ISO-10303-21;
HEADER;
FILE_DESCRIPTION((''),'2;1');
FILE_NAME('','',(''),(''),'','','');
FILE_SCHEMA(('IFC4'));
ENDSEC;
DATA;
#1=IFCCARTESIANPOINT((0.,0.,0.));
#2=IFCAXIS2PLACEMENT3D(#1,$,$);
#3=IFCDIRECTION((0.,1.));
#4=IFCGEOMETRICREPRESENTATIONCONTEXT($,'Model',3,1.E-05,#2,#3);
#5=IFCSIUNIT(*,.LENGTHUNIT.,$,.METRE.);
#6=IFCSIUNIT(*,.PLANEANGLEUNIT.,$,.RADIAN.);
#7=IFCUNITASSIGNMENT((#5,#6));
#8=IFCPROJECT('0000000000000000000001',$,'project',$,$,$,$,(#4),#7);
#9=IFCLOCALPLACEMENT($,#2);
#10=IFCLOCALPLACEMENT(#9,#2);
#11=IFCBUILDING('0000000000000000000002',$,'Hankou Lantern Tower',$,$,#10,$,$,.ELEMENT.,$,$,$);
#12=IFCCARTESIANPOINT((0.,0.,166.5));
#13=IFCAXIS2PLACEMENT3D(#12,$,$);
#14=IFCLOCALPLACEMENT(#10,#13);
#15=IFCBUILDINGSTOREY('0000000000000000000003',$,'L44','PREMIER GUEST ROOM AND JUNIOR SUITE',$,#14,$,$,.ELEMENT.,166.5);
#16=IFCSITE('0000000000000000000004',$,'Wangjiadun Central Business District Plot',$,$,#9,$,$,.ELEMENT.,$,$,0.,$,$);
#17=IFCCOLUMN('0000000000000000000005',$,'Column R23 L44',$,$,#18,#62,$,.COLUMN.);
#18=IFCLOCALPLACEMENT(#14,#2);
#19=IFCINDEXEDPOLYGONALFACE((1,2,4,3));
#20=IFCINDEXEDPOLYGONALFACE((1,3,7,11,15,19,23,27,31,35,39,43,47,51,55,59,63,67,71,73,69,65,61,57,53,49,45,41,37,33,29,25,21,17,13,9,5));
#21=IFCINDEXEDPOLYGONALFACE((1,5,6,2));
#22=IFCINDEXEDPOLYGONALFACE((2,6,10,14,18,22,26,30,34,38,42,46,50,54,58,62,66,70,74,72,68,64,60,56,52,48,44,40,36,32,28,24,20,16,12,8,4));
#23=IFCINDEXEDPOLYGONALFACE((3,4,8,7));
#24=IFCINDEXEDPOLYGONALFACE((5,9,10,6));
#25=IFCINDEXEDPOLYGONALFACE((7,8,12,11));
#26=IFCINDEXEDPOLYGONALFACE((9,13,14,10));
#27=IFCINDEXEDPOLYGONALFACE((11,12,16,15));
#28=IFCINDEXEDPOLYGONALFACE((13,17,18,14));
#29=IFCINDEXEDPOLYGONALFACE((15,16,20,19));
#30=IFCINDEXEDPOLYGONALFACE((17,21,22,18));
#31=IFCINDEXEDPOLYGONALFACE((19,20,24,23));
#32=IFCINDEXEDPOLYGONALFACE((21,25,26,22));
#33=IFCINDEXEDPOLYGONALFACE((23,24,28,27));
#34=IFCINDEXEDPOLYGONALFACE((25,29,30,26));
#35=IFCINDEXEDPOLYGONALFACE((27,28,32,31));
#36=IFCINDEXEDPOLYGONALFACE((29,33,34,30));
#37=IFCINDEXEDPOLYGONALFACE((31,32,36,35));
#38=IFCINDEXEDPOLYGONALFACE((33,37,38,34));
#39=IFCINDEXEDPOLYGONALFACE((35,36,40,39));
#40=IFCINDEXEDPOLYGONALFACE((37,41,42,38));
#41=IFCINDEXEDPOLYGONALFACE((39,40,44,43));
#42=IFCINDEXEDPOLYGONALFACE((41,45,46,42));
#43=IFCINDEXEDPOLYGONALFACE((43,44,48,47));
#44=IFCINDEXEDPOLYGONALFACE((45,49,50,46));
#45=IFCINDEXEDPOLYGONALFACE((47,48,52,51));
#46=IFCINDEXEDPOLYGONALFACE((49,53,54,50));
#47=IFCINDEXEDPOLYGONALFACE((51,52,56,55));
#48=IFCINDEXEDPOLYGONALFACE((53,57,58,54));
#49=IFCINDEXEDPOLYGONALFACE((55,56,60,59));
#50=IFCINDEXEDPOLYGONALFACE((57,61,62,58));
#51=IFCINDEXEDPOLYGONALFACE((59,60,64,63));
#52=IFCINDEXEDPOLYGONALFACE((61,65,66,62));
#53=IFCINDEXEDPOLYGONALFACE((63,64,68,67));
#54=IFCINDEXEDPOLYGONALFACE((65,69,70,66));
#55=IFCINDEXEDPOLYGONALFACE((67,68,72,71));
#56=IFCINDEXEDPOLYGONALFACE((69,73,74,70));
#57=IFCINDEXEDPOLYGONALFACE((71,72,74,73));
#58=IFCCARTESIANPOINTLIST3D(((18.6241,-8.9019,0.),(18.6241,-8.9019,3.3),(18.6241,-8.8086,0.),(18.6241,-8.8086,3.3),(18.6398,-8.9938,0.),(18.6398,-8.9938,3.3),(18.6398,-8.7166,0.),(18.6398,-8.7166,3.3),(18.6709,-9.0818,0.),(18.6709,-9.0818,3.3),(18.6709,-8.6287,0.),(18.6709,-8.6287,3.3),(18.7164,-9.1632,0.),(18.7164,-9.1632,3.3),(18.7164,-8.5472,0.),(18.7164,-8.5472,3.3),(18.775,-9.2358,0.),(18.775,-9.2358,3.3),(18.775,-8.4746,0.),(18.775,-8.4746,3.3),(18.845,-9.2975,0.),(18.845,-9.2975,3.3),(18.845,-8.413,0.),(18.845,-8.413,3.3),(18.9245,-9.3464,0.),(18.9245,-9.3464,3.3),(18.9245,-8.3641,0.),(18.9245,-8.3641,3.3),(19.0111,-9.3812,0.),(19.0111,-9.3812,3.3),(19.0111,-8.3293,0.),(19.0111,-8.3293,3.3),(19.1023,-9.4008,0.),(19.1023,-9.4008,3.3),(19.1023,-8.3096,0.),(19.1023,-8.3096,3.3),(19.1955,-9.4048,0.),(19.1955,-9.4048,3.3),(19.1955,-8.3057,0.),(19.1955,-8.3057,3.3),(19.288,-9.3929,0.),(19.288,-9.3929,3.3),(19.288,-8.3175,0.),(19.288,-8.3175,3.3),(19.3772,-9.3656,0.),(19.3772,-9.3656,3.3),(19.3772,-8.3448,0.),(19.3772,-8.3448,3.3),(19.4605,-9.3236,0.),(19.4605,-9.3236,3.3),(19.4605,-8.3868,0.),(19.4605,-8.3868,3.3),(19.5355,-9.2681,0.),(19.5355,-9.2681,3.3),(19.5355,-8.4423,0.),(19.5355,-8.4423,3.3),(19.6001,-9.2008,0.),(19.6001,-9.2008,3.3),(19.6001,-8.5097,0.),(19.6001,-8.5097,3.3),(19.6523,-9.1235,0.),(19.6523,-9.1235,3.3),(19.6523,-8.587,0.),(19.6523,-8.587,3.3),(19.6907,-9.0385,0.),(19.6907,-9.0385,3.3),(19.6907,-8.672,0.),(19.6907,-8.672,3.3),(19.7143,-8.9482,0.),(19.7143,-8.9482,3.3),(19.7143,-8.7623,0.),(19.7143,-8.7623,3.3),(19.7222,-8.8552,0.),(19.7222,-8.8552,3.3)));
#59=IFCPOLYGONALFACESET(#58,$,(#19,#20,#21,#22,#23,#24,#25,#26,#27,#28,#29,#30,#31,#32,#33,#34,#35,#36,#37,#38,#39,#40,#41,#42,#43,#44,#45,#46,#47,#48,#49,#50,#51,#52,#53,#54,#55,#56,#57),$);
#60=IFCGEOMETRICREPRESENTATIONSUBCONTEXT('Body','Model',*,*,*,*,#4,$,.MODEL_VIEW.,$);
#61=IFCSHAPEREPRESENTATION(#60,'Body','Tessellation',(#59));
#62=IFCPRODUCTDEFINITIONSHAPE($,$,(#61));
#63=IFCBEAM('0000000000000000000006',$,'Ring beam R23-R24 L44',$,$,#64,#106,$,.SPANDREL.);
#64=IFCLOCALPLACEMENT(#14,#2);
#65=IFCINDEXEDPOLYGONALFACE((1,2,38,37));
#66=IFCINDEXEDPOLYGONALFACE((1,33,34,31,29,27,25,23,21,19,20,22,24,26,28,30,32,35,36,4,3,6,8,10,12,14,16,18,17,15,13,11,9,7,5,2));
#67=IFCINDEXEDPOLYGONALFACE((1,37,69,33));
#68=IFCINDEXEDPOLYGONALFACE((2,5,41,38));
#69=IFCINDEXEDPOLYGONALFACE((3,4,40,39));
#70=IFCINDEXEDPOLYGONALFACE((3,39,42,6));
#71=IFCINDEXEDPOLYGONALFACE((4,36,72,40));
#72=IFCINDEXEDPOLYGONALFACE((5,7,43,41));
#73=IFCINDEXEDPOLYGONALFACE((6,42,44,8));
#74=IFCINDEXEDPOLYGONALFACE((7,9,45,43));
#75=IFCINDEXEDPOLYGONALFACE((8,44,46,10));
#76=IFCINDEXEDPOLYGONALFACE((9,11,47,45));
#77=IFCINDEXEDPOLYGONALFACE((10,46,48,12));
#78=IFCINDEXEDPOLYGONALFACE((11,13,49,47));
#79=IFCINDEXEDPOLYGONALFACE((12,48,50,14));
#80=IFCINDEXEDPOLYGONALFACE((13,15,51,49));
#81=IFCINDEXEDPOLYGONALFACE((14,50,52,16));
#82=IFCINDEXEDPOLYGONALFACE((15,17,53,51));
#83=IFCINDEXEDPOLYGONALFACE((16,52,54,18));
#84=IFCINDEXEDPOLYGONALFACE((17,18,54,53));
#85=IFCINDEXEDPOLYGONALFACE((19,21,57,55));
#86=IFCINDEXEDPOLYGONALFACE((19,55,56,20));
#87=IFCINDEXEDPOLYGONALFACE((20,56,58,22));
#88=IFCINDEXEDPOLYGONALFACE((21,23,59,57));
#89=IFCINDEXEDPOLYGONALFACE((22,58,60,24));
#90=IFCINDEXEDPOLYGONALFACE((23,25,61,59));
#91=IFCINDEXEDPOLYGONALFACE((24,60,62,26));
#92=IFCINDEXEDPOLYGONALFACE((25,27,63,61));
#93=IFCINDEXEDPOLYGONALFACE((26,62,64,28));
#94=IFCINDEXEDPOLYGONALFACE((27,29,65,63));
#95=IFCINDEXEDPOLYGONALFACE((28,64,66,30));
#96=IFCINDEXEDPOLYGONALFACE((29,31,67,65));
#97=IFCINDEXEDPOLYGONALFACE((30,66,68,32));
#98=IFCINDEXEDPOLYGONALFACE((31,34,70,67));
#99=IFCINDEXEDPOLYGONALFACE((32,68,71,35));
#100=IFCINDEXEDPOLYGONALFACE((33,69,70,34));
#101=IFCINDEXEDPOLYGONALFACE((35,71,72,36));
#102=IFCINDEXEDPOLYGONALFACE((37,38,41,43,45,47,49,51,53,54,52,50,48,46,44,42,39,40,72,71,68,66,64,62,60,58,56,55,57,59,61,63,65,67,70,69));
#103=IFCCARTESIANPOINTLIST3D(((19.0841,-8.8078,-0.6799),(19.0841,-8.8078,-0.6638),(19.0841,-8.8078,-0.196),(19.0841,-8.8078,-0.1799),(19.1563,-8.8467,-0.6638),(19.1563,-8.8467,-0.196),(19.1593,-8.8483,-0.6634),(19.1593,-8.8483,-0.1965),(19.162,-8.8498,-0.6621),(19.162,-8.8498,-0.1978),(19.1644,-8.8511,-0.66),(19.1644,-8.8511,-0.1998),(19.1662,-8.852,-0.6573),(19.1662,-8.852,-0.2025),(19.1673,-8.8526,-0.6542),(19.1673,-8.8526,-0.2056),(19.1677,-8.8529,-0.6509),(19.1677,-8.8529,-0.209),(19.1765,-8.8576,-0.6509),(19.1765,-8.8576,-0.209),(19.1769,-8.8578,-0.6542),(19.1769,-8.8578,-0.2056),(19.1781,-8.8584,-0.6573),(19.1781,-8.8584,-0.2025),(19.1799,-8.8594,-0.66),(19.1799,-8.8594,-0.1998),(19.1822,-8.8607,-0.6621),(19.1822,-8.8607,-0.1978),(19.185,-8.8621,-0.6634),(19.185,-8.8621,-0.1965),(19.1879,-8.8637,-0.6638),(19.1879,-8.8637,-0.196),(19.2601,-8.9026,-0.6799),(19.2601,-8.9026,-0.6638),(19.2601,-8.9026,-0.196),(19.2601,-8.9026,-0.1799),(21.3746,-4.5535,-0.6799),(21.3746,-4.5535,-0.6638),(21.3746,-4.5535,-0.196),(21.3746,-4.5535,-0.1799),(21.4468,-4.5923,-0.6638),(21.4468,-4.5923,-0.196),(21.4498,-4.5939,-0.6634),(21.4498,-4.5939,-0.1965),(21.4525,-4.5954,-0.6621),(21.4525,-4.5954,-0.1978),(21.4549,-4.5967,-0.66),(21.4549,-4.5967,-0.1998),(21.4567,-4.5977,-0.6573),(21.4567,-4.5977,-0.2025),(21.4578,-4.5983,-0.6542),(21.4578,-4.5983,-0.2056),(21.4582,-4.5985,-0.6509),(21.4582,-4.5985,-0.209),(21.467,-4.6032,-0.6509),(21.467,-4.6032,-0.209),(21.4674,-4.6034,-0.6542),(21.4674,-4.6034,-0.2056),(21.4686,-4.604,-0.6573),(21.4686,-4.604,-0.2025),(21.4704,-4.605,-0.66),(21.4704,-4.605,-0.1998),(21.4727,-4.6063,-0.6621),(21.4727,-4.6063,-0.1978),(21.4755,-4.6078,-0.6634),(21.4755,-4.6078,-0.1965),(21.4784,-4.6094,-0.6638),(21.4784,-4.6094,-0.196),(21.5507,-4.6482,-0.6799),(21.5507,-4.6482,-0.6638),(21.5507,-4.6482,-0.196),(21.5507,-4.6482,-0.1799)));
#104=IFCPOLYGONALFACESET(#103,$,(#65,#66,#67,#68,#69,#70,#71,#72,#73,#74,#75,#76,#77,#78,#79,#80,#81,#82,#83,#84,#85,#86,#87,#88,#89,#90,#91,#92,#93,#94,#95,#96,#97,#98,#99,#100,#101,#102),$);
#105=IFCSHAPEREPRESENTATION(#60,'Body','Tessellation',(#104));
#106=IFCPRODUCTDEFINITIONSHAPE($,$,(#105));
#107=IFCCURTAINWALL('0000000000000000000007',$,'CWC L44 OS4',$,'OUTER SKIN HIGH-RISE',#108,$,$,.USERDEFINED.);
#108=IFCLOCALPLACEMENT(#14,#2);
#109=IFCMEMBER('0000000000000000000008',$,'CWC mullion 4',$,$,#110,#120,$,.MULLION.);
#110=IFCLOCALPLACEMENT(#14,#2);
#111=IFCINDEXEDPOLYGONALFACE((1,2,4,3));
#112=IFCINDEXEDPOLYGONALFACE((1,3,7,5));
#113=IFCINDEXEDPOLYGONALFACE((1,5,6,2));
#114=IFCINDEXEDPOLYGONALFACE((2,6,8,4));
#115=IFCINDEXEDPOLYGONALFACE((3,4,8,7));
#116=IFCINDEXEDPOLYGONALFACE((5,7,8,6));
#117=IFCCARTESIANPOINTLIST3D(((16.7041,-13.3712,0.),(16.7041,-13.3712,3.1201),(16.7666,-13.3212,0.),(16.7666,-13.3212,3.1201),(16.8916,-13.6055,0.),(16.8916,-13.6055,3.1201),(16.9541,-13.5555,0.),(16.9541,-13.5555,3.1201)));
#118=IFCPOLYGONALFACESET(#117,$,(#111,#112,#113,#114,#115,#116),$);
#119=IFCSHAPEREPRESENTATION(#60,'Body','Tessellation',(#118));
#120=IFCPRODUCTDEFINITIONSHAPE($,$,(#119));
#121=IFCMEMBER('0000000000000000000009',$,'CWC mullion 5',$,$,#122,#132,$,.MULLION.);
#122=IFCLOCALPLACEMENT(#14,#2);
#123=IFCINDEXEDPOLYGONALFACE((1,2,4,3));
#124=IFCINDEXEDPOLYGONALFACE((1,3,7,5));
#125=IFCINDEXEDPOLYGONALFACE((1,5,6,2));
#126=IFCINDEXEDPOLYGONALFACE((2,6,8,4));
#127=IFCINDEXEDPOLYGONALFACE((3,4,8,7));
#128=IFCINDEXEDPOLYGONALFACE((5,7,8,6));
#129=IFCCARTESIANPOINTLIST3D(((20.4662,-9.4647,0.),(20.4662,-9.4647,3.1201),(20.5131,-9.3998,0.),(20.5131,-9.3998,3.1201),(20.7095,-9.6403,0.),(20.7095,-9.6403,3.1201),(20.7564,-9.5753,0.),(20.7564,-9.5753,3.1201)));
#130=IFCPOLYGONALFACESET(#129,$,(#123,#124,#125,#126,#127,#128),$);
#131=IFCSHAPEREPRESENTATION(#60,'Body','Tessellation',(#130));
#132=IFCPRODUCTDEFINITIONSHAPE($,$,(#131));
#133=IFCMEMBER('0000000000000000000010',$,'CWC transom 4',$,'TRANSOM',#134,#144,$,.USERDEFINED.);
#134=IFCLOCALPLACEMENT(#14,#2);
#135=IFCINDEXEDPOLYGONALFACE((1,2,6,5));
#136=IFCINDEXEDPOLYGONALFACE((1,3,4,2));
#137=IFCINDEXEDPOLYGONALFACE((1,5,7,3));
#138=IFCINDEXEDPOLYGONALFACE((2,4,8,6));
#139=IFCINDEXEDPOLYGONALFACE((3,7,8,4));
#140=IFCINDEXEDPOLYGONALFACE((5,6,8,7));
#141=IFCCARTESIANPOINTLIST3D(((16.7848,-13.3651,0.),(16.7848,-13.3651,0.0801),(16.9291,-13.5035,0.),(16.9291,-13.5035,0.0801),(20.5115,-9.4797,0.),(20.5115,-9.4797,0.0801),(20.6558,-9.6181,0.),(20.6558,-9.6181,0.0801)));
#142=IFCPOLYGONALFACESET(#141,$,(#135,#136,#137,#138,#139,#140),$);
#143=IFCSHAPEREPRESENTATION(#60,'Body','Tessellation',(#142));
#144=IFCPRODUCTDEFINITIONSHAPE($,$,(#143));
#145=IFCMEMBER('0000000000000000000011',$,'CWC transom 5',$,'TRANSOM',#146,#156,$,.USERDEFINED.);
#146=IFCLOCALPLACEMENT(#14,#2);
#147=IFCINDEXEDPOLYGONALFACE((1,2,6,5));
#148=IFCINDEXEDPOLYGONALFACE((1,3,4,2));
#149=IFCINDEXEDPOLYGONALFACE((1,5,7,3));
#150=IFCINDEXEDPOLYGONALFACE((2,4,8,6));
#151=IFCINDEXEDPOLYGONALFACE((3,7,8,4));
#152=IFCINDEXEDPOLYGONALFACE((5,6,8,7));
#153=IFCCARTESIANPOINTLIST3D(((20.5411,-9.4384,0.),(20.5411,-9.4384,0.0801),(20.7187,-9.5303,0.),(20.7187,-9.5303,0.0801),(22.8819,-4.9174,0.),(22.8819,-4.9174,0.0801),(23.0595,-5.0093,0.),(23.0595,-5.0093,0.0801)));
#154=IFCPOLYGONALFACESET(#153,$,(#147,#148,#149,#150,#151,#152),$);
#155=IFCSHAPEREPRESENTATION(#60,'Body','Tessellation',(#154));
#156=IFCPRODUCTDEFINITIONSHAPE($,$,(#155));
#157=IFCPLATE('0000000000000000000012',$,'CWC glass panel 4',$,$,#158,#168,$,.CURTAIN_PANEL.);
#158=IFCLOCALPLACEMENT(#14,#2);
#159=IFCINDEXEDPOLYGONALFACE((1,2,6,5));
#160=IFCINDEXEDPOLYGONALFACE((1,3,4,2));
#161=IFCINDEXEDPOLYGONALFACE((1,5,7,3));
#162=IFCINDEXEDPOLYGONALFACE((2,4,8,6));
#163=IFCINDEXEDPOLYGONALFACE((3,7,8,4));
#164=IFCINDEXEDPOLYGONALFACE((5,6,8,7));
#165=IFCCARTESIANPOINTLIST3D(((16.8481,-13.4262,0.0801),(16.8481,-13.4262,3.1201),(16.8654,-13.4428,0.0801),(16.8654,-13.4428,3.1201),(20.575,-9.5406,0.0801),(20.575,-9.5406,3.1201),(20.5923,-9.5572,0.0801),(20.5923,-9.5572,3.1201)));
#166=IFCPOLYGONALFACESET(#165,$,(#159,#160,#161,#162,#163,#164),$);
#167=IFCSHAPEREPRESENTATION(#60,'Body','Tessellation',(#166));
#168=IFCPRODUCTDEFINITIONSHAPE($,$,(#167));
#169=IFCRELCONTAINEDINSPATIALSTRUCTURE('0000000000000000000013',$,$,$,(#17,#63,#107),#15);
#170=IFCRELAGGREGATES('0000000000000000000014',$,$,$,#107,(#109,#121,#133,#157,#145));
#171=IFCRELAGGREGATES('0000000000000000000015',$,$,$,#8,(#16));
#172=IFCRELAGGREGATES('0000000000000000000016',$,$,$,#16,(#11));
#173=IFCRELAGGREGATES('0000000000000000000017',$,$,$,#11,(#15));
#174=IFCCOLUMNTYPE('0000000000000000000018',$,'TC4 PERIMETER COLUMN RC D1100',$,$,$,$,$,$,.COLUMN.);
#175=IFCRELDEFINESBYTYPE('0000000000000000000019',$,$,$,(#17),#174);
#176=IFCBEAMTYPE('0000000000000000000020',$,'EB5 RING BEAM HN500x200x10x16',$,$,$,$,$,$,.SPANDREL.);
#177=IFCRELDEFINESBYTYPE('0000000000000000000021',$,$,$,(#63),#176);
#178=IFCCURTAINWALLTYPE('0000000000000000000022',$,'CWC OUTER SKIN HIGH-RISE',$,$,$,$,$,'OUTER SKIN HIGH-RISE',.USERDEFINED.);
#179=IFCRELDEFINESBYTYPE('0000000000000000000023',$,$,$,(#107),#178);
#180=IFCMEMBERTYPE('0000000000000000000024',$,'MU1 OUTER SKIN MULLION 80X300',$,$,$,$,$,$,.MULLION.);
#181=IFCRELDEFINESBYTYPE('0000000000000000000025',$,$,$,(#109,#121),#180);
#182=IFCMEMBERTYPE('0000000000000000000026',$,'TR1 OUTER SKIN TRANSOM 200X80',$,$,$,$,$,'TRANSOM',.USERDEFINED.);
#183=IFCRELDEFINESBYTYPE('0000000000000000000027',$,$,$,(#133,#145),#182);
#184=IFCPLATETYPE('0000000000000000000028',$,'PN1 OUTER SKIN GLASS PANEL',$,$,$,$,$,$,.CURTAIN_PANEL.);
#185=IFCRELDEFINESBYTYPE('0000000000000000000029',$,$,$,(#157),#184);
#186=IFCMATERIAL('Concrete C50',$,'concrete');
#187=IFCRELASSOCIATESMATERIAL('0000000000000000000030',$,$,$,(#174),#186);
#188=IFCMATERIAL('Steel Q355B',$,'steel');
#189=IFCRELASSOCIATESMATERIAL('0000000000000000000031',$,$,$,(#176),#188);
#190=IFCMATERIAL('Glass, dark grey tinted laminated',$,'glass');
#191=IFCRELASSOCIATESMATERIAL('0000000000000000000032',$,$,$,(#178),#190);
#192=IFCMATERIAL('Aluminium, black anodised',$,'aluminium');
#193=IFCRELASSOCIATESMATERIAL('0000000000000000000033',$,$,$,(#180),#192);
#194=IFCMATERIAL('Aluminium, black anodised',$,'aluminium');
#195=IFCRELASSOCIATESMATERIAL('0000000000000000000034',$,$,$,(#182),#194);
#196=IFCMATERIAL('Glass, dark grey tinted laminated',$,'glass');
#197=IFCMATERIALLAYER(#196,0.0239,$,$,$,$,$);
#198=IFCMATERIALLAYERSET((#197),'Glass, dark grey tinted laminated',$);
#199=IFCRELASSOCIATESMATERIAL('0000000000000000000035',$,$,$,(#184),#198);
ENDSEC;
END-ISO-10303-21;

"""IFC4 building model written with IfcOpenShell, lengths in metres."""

from ifc_helpers import new_model, si_unit, direction, frame, origin, origin_2d, place, context, subcontext, project, spatial, rectangle, circle, i_section, extrude, material, layer, layer_set, material_profile, profile_set, type_object, element, aggregate, save


model = new_model("IFC4")

# Units and contexts
model_context = context("Model", 3, precision=1e-05, world=origin(), true_north=direction((0.0, 1.0)))
body_context = subcontext(model_context, "Body", "Model", "MODEL_VIEW")
ifc_project = project(units=[si_unit("LENGTHUNIT", "METRE"), si_unit("PLANEANGLEUNIT", "RADIAN")], contexts=[model_context])

# Site, building, storey
site_placement = place(None, origin())
site = spatial("IfcSite", under=ifc_project, at=site_placement, Name="Wangjiadun Central Business District Plot", CompositionType="ELEMENT", RefElevation=0.0)
building_placement = place(site_placement, origin())
building = spatial("IfcBuilding", under=site, at=building_placement, Name="Hankou Lantern Tower", CompositionType="ELEMENT")
storey_placement = place(building_placement, frame((0.0, 0.0, 166.5)))
storey = spatial("IfcBuildingStorey", under=building, at=storey_placement, Name="L44", Description="PREMIER GUEST ROOM AND JUNIOR SUITE", CompositionType="ELEMENT", Elevation=166.5)

# Column
ifc_material_1 = material(Name="Concrete C50", Category="concrete")
ifc_material_profile_1 = material_profile(ifc_material_1, circle(Radius=0.55, at=origin_2d()), Name="RC D1100")
ifc_profile_set_1 = profile_set([ifc_material_profile_1], Name="Concrete C50")
column_type = type_object("IfcColumnType", Name="TC4 PERIMETER COLUMN RC D1100", PredefinedType="COLUMN", material=ifc_profile_set_1)
column_placement = place(storey_placement, frame((19.1721, -8.8552, 0.0), z_axis=(0.0, 0.0, 1.0), x_axis=(1.0, 0.0, 0.0)))
element("IfcColumn", 1, at=column_placement, inside=storey, type_object=column_type, Name="Column R23 L44", PredefinedType="COLUMN", context=body_context, shape_type="SweptSolid", body=[
    extrude(circle(Radius=0.55, at=origin_2d()), origin(), (0.0, 0.0, 1.0), 3.3),
])

# Beam
ifc_material_2 = material(Name="Steel Q355B", Category="steel")
ifc_material_profile_2 = material_profile(ifc_material_2, i_section(OverallWidth=0.2, OverallDepth=0.5, WebThickness=0.01, FlangeThickness=0.0161, FilletRadius=0.0129, at=origin_2d()), Name="HN500x200x10x16")
ifc_profile_set_2 = profile_set([ifc_material_profile_2], Name="Steel Q355B")
beam_type = type_object("IfcBeamType", Name="EB5 RING BEAM HN500x200x10x16", PredefinedType="SPANDREL", material=ifc_profile_set_2)
beam_placement = place(storey_placement, frame((19.1721, -8.8552, -0.4299), z_axis=(0.474052, 0.880497, 0.0), x_axis=(-0.880497, 0.474052, 0.0)))
element("IfcBeam", 2, at=beam_placement, inside=storey, type_object=beam_type, Name="Ring beam R23-R24 L44", PredefinedType="SPANDREL", context=body_context, shape_type="SweptSolid", body=[
    extrude(i_section(OverallWidth=0.2, OverallDepth=0.5, WebThickness=0.01, FlangeThickness=0.0161, FilletRadius=0.0129, at=origin_2d()), origin(), (0.0, 0.0, 1.0), 4.8318),
])

# Curtain wall, members, plate
ifc_material_3 = material(Name="Glass, dark grey tinted laminated", Category="glass")
curtain_wall_type = type_object("IfcCurtainWallType", Name="CWC OUTER SKIN HIGH-RISE", ElementType="OUTER SKIN HIGH-RISE", PredefinedType="USERDEFINED", material=ifc_material_3)
curtain_wall_placement = place(storey_placement, origin())
curtain_wall = element("IfcCurtainWall", 3, at=curtain_wall_placement, inside=storey, type_object=curtain_wall_type, Name="CWC L44 OS4", ObjectType="OUTER SKIN HIGH-RISE", PredefinedType="USERDEFINED")
ifc_material_4 = material(Name="Aluminium, black anodised", Category="aluminium")
ifc_material_profile_3 = material_profile(ifc_material_4, rectangle(XDim=0.0801, YDim=0.3, at=origin_2d()), Name="MU1 80X300")
ifc_profile_set_3 = profile_set([ifc_material_profile_3], Name="Aluminium, black anodised")
member_type_1 = type_object("IfcMemberType", Name="MU1 OUTER SKIN MULLION 80X300", PredefinedType="MULLION", material=ifc_profile_set_3)
member_1_placement = place(storey_placement, frame((16.8291, -13.4634, 0.0), z_axis=(0.0, 0.0, 1.0), x_axis=(0.780869, 0.624695, 0.0)))
member_1 = element("IfcMember", 4, at=member_1_placement, type_object=member_type_1, Name="CWC mullion 4", PredefinedType="MULLION", context=body_context, shape_type="SweptSolid", body=[
    extrude(rectangle(XDim=0.0801, YDim=0.3, at=origin_2d()), origin(), (0.0, 0.0, 1.0), 3.1201),
])
member_2_placement = place(storey_placement, frame((20.6113, -9.52, 0.0), z_axis=(0.0, 0.0, 1.0), x_axis=(0.585206, 0.810885, 0.0)))
member_2 = element("IfcMember", 5, at=member_2_placement, type_object=member_type_1, Name="CWC mullion 5", PredefinedType="MULLION", context=body_context, shape_type="SweptSolid", body=[
    extrude(rectangle(XDim=0.0801, YDim=0.3, at=origin_2d()), origin(), (0.0, 0.0, 1.0), 3.1201),
])
ifc_material_5 = material(Name="Aluminium, black anodised", Category="aluminium")
ifc_material_profile_4 = material_profile(ifc_material_5, rectangle(XDim=0.2, YDim=0.0801, at=origin_2d()), Name="TR1 200X80")
ifc_profile_set_4 = profile_set([ifc_material_profile_4], Name="Aluminium, black anodised")
member_type_2 = type_object("IfcMemberType", Name="TR1 OUTER SKIN TRANSOM 200X80", ElementType="TRANSOM", PredefinedType="USERDEFINED", material=ifc_profile_set_4)
member_3_placement = place(storey_placement, frame((16.8569, -13.4343, 0.04), z_axis=(0.692216, 0.721691, 0.0), x_axis=(-0.721691, 0.692216, 0.0)))
member_3 = element("IfcMember", 6, at=member_3_placement, type_object=member_type_2, Name="CWC transom 4", ObjectType="TRANSOM", PredefinedType="USERDEFINED", context=body_context, shape_type="SweptSolid", body=[
    extrude(rectangle(XDim=0.2, YDim=0.0801, at=origin_2d()), origin(), (0.0, 0.0, 1.0), 5.3838),
])
member_4_placement = place(storey_placement, frame((20.6299, -9.4844, 0.04), z_axis=(0.459791, 0.888027, 0.0), x_axis=(-0.888027, 0.459791, 0.0)))
member_4 = element("IfcMember", 7, at=member_4_placement, type_object=member_type_2, Name="CWC transom 5", ObjectType="TRANSOM", PredefinedType="USERDEFINED", context=body_context, shape_type="SweptSolid", body=[
    extrude(rectangle(XDim=0.2, YDim=0.0801, at=origin_2d()), origin(), (0.0, 0.0, 1.0), 5.0911),
])
ifc_material_6 = material(Name="Glass, dark grey tinted laminated", Category="glass")
ifc_layer_1 = layer(ifc_material_6, 0.0239)
ifc_layer_set_1 = layer_set([ifc_layer_1], Name="Glass, dark grey tinted laminated")
plate_type = type_object("IfcPlateType", Name="PN1 OUTER SKIN GLASS PANEL", PredefinedType="CURTAIN_PANEL", material=ifc_layer_set_1)
plate_placement = place(storey_placement, frame((18.7202, -11.4917, 0.0801), z_axis=(0.0, 0.0, 1.0), x_axis=(0.692216, 0.721691, 0.0)))
plate = element("IfcPlate", 8, at=plate_placement, type_object=plate_type, Name="CWC glass panel 4", PredefinedType="CURTAIN_PANEL", context=body_context, shape_type="SweptSolid", body=[
    extrude(rectangle(XDim=5.384, YDim=0.0239, at=origin_2d()), origin(), (0.0, 0.0, 1.0), 3.04),
])
aggregate(curtain_wall, [member_1, member_2, member_3, plate, member_4])

save(model, "model.ifc")
